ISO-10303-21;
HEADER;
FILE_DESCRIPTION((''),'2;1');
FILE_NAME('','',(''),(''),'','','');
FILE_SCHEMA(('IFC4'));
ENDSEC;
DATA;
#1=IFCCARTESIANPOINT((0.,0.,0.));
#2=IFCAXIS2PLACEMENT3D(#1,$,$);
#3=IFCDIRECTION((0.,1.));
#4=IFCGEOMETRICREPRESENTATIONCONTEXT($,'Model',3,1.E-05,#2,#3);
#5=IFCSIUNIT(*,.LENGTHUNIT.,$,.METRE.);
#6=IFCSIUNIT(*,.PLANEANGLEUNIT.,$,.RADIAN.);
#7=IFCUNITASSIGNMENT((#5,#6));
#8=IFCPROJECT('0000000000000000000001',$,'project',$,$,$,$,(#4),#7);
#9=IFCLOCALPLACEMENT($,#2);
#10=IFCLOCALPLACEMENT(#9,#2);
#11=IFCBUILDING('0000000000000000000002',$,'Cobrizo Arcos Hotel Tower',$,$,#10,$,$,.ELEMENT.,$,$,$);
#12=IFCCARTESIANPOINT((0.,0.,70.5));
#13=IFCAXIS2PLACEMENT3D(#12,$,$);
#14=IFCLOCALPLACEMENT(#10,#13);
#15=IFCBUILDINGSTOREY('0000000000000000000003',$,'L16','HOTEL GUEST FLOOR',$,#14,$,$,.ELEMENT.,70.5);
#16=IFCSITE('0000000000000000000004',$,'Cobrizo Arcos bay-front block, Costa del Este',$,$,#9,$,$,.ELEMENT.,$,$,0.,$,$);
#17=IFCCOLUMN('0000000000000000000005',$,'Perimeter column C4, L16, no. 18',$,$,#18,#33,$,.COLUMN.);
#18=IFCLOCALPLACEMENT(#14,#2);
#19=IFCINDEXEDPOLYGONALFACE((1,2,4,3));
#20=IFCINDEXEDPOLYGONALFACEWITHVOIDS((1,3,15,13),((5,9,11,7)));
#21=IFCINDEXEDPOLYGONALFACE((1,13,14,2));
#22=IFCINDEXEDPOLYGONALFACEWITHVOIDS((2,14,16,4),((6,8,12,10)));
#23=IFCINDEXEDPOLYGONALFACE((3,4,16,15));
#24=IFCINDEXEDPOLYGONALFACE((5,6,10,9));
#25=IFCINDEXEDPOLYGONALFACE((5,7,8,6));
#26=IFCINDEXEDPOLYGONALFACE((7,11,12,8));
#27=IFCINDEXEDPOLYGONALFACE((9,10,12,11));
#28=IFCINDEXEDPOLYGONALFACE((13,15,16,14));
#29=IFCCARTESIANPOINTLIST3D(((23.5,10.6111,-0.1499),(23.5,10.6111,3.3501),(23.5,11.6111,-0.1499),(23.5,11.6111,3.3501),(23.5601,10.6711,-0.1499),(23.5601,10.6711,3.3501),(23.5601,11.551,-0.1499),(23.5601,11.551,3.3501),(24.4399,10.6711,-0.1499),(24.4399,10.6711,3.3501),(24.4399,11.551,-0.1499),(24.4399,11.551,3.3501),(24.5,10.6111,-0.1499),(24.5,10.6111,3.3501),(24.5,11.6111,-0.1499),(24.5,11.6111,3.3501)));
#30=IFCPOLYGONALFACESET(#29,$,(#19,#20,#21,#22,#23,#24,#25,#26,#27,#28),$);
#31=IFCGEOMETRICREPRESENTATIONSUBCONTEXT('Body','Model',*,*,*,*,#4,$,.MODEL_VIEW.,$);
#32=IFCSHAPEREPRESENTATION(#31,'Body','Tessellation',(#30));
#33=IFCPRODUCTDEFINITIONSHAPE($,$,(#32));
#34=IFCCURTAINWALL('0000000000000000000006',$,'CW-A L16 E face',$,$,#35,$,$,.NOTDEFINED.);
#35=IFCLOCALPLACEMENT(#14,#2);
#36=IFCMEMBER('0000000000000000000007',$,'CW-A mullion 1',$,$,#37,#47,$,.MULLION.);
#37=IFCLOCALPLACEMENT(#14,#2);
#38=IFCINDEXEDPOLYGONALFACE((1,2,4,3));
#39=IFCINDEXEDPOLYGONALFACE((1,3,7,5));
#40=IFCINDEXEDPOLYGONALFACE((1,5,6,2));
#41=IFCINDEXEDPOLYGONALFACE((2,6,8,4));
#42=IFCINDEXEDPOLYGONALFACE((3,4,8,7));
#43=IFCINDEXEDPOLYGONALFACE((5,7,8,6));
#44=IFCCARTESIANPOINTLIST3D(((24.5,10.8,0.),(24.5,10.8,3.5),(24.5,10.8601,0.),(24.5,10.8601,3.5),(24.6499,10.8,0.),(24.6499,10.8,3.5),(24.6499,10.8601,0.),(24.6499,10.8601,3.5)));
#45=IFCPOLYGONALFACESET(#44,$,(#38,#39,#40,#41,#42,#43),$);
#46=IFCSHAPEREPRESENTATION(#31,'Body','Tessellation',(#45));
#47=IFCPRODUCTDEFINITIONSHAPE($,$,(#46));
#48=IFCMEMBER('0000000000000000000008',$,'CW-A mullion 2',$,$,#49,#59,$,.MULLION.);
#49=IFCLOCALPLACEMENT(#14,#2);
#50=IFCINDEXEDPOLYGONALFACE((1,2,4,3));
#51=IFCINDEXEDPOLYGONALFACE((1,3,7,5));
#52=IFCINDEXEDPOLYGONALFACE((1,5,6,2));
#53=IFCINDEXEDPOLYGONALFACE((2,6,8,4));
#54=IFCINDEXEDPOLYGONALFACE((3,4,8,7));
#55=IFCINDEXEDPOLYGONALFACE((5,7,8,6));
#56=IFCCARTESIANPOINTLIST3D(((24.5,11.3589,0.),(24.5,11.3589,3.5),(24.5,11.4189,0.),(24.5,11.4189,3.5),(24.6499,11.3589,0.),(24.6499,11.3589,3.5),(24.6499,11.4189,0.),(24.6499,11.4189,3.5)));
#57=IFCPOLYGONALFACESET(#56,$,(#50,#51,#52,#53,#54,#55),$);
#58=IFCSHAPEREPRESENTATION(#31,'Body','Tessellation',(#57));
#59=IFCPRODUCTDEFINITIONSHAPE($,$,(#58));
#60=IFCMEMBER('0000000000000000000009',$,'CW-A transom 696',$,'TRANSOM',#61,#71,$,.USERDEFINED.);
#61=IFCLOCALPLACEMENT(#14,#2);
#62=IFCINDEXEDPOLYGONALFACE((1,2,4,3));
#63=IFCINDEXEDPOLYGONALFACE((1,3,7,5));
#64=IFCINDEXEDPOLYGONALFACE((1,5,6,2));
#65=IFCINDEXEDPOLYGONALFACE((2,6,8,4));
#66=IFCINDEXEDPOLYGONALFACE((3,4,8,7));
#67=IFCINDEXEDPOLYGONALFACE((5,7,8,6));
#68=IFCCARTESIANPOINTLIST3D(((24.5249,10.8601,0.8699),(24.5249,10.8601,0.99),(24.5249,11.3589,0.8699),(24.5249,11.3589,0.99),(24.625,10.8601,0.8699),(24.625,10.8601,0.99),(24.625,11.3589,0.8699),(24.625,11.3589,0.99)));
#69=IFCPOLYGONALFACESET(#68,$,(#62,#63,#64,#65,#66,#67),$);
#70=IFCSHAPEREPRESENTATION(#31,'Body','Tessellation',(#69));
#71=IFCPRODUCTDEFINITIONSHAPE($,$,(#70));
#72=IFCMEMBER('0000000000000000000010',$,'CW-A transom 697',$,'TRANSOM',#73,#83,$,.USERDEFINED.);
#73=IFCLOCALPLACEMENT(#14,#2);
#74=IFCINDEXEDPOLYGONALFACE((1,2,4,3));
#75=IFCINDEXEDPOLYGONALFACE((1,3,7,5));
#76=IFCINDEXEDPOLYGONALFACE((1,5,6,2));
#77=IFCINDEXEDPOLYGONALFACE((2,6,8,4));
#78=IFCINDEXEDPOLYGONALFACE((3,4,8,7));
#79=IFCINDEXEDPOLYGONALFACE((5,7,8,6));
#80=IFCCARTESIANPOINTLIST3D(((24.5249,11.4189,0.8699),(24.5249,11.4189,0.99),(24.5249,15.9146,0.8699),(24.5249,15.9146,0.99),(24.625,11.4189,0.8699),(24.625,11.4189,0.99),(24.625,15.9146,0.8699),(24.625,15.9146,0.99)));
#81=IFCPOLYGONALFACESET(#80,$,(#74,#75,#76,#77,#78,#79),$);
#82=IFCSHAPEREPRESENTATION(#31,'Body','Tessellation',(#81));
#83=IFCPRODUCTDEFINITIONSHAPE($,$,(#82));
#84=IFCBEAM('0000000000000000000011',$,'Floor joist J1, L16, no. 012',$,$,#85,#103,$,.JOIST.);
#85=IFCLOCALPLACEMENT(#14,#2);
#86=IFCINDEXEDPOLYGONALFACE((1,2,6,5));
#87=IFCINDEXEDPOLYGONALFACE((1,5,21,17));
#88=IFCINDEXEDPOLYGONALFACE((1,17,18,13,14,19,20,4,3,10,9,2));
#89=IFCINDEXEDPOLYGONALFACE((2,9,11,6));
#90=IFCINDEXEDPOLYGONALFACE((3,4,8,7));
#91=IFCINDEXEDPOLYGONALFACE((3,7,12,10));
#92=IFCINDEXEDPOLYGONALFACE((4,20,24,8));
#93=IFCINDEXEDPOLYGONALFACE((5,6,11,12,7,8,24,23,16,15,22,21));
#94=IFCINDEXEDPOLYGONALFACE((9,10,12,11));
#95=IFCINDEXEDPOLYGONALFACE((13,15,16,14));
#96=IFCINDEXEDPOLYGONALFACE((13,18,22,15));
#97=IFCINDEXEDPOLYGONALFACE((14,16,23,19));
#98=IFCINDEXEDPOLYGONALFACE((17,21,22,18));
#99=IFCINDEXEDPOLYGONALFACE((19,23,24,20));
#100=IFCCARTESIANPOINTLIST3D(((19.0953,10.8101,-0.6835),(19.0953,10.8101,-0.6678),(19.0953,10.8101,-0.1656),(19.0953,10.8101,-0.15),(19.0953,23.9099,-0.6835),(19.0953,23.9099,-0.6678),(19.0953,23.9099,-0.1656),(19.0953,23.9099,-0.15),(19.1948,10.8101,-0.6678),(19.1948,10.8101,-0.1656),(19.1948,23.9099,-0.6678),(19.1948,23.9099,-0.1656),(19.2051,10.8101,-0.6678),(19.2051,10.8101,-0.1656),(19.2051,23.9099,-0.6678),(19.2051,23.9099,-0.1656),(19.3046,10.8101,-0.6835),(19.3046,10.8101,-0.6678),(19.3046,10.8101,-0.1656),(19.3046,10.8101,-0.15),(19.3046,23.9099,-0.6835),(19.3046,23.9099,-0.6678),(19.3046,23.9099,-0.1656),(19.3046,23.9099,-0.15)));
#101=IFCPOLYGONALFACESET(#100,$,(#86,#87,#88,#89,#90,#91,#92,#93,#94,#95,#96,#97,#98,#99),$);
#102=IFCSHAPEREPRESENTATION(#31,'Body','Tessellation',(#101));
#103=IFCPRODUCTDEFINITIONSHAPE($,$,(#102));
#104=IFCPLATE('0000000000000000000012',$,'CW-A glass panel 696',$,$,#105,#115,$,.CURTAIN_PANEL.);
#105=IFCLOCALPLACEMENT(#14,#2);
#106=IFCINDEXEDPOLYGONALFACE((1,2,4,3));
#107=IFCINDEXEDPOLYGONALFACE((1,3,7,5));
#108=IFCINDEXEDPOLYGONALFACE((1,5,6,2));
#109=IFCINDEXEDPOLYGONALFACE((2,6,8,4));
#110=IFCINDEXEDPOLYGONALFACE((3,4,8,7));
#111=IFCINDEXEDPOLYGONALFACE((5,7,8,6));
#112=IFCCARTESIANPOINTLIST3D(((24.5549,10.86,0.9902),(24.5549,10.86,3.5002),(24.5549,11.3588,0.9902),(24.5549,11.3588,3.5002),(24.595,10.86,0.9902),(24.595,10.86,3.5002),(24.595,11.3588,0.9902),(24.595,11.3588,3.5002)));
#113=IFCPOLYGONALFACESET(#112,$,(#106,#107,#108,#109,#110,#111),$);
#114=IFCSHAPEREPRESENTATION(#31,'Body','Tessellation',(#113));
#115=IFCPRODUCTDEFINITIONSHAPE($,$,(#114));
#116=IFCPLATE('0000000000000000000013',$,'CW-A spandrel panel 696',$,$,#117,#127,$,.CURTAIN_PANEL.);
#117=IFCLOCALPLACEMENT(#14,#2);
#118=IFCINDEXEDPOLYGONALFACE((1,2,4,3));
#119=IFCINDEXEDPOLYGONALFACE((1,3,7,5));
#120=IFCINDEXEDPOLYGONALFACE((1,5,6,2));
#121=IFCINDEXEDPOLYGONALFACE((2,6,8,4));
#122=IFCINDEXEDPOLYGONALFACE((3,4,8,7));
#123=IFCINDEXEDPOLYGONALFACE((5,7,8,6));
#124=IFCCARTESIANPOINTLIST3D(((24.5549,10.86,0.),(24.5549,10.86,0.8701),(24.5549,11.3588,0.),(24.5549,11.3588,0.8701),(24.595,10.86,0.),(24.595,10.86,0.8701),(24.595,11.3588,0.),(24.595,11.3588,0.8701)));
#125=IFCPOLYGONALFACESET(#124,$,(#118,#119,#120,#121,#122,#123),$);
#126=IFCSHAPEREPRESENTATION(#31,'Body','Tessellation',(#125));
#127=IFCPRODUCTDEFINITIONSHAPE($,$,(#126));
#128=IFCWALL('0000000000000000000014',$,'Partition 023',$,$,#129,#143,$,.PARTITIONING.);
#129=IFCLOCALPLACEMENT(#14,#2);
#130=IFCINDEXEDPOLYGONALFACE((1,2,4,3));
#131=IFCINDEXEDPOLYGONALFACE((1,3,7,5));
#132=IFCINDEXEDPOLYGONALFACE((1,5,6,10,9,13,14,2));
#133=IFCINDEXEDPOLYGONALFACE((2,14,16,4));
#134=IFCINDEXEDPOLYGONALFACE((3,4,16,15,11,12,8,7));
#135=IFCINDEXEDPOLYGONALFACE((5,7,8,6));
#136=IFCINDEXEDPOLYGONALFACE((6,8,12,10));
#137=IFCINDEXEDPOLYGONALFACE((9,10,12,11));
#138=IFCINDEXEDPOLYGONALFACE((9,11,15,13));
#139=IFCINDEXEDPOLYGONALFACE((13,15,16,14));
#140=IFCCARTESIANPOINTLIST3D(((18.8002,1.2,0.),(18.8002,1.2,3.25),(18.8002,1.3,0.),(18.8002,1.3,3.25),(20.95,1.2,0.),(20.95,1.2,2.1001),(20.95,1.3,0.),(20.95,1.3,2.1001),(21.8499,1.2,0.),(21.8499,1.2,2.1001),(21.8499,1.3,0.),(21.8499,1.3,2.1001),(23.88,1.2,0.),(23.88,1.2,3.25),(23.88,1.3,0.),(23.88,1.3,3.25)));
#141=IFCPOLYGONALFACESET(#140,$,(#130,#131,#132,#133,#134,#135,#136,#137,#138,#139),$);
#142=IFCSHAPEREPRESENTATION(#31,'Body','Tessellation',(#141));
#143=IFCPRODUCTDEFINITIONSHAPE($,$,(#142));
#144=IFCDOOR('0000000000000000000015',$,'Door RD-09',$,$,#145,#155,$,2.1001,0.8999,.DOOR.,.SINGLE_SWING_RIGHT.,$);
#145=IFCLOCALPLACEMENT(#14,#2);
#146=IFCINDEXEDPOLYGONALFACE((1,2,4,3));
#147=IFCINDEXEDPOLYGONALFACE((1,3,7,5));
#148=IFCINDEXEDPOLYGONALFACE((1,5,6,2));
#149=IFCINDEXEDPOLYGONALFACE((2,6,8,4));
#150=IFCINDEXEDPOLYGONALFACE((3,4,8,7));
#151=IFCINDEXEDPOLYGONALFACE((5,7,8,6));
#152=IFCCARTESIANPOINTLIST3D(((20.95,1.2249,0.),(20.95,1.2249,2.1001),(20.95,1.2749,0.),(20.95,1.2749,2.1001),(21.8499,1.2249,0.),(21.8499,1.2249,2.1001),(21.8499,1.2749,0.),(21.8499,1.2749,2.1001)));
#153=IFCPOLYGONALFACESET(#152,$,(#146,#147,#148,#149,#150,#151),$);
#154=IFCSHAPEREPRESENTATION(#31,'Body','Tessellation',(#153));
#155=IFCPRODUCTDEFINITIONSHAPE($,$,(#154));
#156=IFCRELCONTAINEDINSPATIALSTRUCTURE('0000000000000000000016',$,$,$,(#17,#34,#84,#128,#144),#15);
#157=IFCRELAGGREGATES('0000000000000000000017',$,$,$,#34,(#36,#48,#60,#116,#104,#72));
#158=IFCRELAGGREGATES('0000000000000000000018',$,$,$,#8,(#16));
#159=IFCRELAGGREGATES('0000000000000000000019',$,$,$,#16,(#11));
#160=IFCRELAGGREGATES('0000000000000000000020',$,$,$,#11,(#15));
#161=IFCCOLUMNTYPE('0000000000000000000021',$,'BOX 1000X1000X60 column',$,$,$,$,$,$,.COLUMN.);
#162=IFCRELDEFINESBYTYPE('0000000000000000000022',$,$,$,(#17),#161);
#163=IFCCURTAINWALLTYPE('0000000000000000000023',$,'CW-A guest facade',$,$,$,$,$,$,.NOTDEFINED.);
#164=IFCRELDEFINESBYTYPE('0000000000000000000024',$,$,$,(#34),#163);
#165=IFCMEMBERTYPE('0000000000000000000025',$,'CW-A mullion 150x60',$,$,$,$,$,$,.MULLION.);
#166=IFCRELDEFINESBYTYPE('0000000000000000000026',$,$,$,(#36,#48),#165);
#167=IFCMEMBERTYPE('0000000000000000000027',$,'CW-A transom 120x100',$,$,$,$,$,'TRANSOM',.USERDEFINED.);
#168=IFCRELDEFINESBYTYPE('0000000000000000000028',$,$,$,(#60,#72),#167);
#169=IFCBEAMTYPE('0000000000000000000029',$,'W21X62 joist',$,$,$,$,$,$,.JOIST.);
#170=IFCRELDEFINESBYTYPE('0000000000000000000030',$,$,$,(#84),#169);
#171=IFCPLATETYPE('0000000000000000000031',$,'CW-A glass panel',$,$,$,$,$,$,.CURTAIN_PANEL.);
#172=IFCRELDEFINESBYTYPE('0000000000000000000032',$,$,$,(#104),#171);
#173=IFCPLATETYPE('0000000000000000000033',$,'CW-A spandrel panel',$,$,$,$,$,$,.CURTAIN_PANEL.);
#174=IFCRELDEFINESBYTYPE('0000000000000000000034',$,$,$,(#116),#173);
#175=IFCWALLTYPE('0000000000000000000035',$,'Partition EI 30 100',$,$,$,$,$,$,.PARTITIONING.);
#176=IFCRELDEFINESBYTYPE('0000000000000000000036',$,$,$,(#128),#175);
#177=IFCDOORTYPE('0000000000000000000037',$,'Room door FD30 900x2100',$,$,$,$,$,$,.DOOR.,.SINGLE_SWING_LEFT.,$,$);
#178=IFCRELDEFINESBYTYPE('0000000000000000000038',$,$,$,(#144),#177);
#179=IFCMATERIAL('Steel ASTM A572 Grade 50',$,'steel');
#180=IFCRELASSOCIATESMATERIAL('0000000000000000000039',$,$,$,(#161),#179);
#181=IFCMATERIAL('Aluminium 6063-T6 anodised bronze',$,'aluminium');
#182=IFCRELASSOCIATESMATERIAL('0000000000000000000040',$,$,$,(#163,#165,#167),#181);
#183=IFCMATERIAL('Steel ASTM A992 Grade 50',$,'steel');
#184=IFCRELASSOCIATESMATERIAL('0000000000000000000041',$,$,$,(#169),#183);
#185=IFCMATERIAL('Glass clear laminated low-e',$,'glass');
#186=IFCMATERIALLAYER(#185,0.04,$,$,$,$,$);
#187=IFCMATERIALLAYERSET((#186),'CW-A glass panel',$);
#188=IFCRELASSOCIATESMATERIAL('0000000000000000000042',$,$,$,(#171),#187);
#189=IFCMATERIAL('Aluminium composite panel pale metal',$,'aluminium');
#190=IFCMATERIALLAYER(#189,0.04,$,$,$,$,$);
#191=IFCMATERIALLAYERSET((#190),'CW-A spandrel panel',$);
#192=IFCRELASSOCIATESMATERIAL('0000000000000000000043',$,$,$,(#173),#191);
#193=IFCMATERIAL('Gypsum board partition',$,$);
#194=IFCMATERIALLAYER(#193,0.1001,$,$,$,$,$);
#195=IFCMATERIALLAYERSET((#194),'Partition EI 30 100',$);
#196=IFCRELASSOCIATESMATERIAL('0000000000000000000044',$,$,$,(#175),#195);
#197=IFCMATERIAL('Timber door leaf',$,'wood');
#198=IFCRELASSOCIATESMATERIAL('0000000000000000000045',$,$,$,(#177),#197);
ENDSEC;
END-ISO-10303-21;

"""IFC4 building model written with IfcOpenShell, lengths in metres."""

from ifc_helpers import new_model, si_unit, direction, frame, frame_2d, origin, origin_2d, place, context, subcontext, project, spatial, rectangle, hollow_rectangle, i_section, extrude, material, layer, layer_set, material_profile, profile_set, type_object, element, fill, aggregate, save


model = new_model("IFC4")

# Units and contexts
model_context = context("Model", 3, precision=1e-05, world=origin(), true_north=direction((0.0, 1.0)))
body_context = subcontext(model_context, "Body", "Model", "MODEL_VIEW")
ifc_project = project(units=[si_unit("LENGTHUNIT", "METRE"), si_unit("PLANEANGLEUNIT", "RADIAN")], contexts=[model_context])

# Site, building, storey
site_placement = place(None, origin())
site = spatial("IfcSite", under=ifc_project, at=site_placement, Name="Cobrizo Arcos bay-front block, Costa del Este", CompositionType="ELEMENT", RefElevation=0.0)
building_placement = place(site_placement, origin())
building = spatial("IfcBuilding", under=site, at=building_placement, Name="Cobrizo Arcos Hotel Tower", CompositionType="ELEMENT")
storey_placement = place(building_placement, frame((0.0, 0.0, 70.5)))
storey = spatial("IfcBuildingStorey", under=building, at=storey_placement, Name="L16", Description="HOTEL GUEST FLOOR", CompositionType="ELEMENT", Elevation=70.5)

# Column
ifc_material_1 = material(Name="Steel ASTM A572 Grade 50", Category="steel")
ifc_material_profile_1 = material_profile(ifc_material_1, hollow_rectangle(XDim=1.0, YDim=1.0, WallThickness=0.0601, at=origin_2d()), Name="BOX 1000X1000X60")
ifc_profile_set_1 = profile_set([ifc_material_profile_1], Name="Steel ASTM A572 Grade 50")
column_type = type_object("IfcColumnType", Name="BOX 1000X1000X60 column", PredefinedType="COLUMN", material=ifc_profile_set_1)
column_placement = place(storey_placement, frame((24.0, 11.1111, -0.1499), z_axis=(0.0, 0.0, 1.0), x_axis=(1.0, 0.0, 0.0)))
element("IfcColumn", 1, at=column_placement, inside=storey, type_object=column_type, Name="Perimeter column C4, L16, no. 18", PredefinedType="COLUMN", context=body_context, shape_type="SweptSolid", body=[
    extrude(hollow_rectangle(XDim=1.0, YDim=1.0, WallThickness=0.0601, at=origin_2d()), origin(), (0.0, 0.0, 1.0), 3.5),
])

# Curtain wall, members
ifc_material_2 = material(Name="Aluminium 6063-T6 anodised bronze", Category="aluminium")
curtain_wall_type = type_object("IfcCurtainWallType", Name="CW-A guest facade", PredefinedType="NOTDEFINED", material=ifc_material_2)
curtain_wall_placement = place(storey_placement, origin())
curtain_wall = element("IfcCurtainWall", 2, at=curtain_wall_placement, inside=storey, type_object=curtain_wall_type, Name="CW-A L16 E face", PredefinedType="NOTDEFINED")
ifc_material_profile_2 = material_profile(ifc_material_2, rectangle(XDim=0.1499, YDim=0.0601, at=origin_2d()), Name="CW-A mullion 150x60")
ifc_profile_set_2 = profile_set([ifc_material_profile_2], Name="Aluminium 6063-T6 anodised bronze")
member_type_1 = type_object("IfcMemberType", Name="CW-A mullion 150x60", PredefinedType="MULLION", material=ifc_profile_set_2)
member_1_placement = place(storey_placement, frame((24.575, 10.8301, 0.0), z_axis=(0.0, 0.0, 1.0), x_axis=(1.0, 0.0, 0.0)))
member_1 = element("IfcMember", 3, at=member_1_placement, type_object=member_type_1, Name="CW-A mullion 1", PredefinedType="MULLION", context=body_context, shape_type="SweptSolid", body=[
    extrude(rectangle(XDim=0.1499, YDim=0.0601, at=origin_2d()), origin(), (0.0, 0.0, 1.0), 3.5),
])
member_2_placement = place(storey_placement, frame((24.575, 11.3889, 0.0), z_axis=(0.0, 0.0, 1.0), x_axis=(1.0, 0.0, 0.0)))
member_2 = element("IfcMember", 4, at=member_2_placement, type_object=member_type_1, Name="CW-A mullion 2", PredefinedType="MULLION", context=body_context, shape_type="SweptSolid", body=[
    extrude(rectangle(XDim=0.1499, YDim=0.0601, at=origin_2d()), origin(), (0.0, 0.0, 1.0), 3.5),
])
ifc_material_profile_3 = material_profile(ifc_material_2, rectangle(XDim=0.1001, YDim=0.1201, at=origin_2d()), Name="CW-A transom 120x100")
ifc_profile_set_3 = profile_set([ifc_material_profile_3], Name="Aluminium 6063-T6 anodised bronze")
member_type_2 = type_object("IfcMemberType", Name="CW-A transom 120x100", ElementType="TRANSOM", PredefinedType="USERDEFINED", material=ifc_profile_set_3)
member_3_placement = place(storey_placement, frame((24.575, 10.8601, 0.9299), z_axis=(0.0, 1.0, 0.0), x_axis=(-1.0, 0.0, 0.0)))
member_3 = element("IfcMember", 5, at=member_3_placement, type_object=member_type_2, Name="CW-A transom 696", ObjectType="TRANSOM", PredefinedType="USERDEFINED", context=body_context, shape_type="SweptSolid", body=[
    extrude(rectangle(XDim=0.1001, YDim=0.1201, at=origin_2d()), origin(), (0.0, 0.0, 1.0), 0.4988),
])
member_4_placement = place(storey_placement, frame((24.575, 11.4189, 0.9299), z_axis=(0.0, 1.0, 0.0), x_axis=(-1.0, 0.0, 0.0)))
member_4 = element("IfcMember", 6, at=member_4_placement, type_object=member_type_2, Name="CW-A transom 697", ObjectType="TRANSOM", PredefinedType="USERDEFINED", context=body_context, shape_type="SweptSolid", body=[
    extrude(rectangle(XDim=0.1001, YDim=0.1201, at=origin_2d()), origin(), (0.0, 0.0, 1.0), 4.4956),
])

# Beam
ifc_material_3 = material(Name="Steel ASTM A992 Grade 50", Category="steel")
ifc_material_profile_4 = material_profile(ifc_material_3, i_section(OverallWidth=0.2092, OverallDepth=0.5334, WebThickness=0.0103, FlangeThickness=0.0156, at=origin_2d()), Name="W21X62")
ifc_profile_set_4 = profile_set([ifc_material_profile_4], Name="Steel ASTM A992 Grade 50")
beam_type = type_object("IfcBeamType", Name="W21X62 joist", PredefinedType="JOIST", material=ifc_profile_set_4)
beam_placement = place(storey_placement, frame((19.2, 10.8101, -0.4167), z_axis=(0.0, 1.0, 0.0), x_axis=(-1.0, 0.0, 0.0)))
element("IfcBeam", 7, at=beam_placement, inside=storey, type_object=beam_type, Name="Floor joist J1, L16, no. 012", PredefinedType="JOIST", context=body_context, shape_type="SweptSolid", body=[
    extrude(i_section(OverallWidth=0.2092, OverallDepth=0.5334, WebThickness=0.0103, FlangeThickness=0.0156, at=origin_2d()), origin(), (0.0, 0.0, 1.0), 13.0999),
])

# Plates
ifc_material_4 = material(Name="Glass clear laminated low-e", Category="glass")
ifc_layer_1 = layer(ifc_material_4, 0.04)
ifc_layer_set_1 = layer_set([ifc_layer_1], Name="CW-A glass panel")
plate_type_1 = type_object("IfcPlateType", Name="CW-A glass panel", PredefinedType="CURTAIN_PANEL", material=ifc_layer_set_1)
plate_1_placement = place(storey_placement, frame((24.575, 11.1094, 0.9902), z_axis=(0.0, 0.0, 1.0), x_axis=(0.0, 1.0, 0.0)))
plate_1 = element("IfcPlate", 8, at=plate_1_placement, type_object=plate_type_1, Name="CW-A glass panel 696", PredefinedType="CURTAIN_PANEL", context=body_context, shape_type="SweptSolid", body=[
    extrude(rectangle(XDim=0.4988, YDim=0.04, at=origin_2d()), origin(), (0.0, 0.0, 1.0), 2.51),
])
ifc_material_5 = material(Name="Aluminium composite panel pale metal", Category="aluminium")
ifc_layer_2 = layer(ifc_material_5, 0.04)
ifc_layer_set_2 = layer_set([ifc_layer_2], Name="CW-A spandrel panel")
plate_type_2 = type_object("IfcPlateType", Name="CW-A spandrel panel", PredefinedType="CURTAIN_PANEL", material=ifc_layer_set_2)
plate_2_placement = place(storey_placement, frame((24.575, 11.1094, 0.0), z_axis=(0.0, 0.0, 1.0), x_axis=(0.0, 1.0, 0.0)))
plate_2 = element("IfcPlate", 9, at=plate_2_placement, type_object=plate_type_2, Name="CW-A spandrel panel 696", PredefinedType="CURTAIN_PANEL", context=body_context, shape_type="SweptSolid", body=[
    extrude(rectangle(XDim=0.4988, YDim=0.04, at=origin_2d()), origin(), (0.0, 0.0, 1.0), 0.8701),
])
aggregate(curtain_wall, [member_1, member_2, member_3, plate_2, plate_1, member_4])

# Wall, opening, door
ifc_material_6 = material(Name="Gypsum board partition")
ifc_layer_3 = layer(ifc_material_6, 0.1001)
ifc_layer_set_3 = layer_set([ifc_layer_3], Name="Partition EI 30 100")
wall_type = type_object("IfcWallType", Name="Partition EI 30 100", PredefinedType="PARTITIONING", material=ifc_layer_set_3)
wall_1_placement = place(storey_placement, frame((18.8, 1.25, 0.0), z_axis=(0.0, 0.0, 1.0), x_axis=(1.0, 0.0, 0.0)))
wall_1 = element("IfcWall", 10, at=wall_1_placement, inside=storey, type_object=wall_type, Name="Partition 023", PredefinedType="PARTITIONING", context=body_context, shape_type="SweptSolid", body=[
    extrude(rectangle(XDim=5.0798, YDim=0.1001, at=frame_2d((2.54, 0.0))), origin(), (0.0, 0.0, 1.0), 3.25),
])
opening_1_placement = place(wall_1_placement, frame((2.1499, 0.0, 0.0)))
opening_1 = element("IfcOpeningElement", 11, at=opening_1_placement, cuts=wall_1, PredefinedType="OPENING", context=body_context, shape_type="SweptSolid", body=[
    extrude(rectangle(XDim=0.8999, YDim=2.1001, at=frame_2d((0.45, 1.05))), frame((0.0, 0.062, 0.0), z_axis=(0.0, -1.0, 0.0), x_axis=(1.0, 0.0, 0.0)), (0.0, 0.0, 1.0), 0.124),
])
ifc_material_7 = material(Name="Timber door leaf", Category="wood")
door_type_1 = type_object("IfcDoorType", Name="Room door FD30 900x2100", OperationType="SINGLE_SWING_LEFT", PredefinedType="DOOR", material=ifc_material_7)
door_1_placement = place(opening_1_placement, origin())
door_1 = element("IfcDoor", 12, at=door_1_placement, inside=storey, type_object=door_type_1, Name="Door RD-09", OperationType="SINGLE_SWING_RIGHT", OverallHeight=2.1001, OverallWidth=0.8999, PredefinedType="DOOR", context=body_context, shape_type="SweptSolid", body=[
    extrude(rectangle(XDim=0.8999, YDim=2.1001, at=frame_2d((0.45, 1.05))), frame((0.0, 0.0249, 0.0), z_axis=(0.0, -1.0, 0.0), x_axis=(1.0, 0.0, 0.0)), (0.0, 0.0, 1.0), 0.05),
])
fill(opening_1, door_1)

save(model, "model.ifc")
